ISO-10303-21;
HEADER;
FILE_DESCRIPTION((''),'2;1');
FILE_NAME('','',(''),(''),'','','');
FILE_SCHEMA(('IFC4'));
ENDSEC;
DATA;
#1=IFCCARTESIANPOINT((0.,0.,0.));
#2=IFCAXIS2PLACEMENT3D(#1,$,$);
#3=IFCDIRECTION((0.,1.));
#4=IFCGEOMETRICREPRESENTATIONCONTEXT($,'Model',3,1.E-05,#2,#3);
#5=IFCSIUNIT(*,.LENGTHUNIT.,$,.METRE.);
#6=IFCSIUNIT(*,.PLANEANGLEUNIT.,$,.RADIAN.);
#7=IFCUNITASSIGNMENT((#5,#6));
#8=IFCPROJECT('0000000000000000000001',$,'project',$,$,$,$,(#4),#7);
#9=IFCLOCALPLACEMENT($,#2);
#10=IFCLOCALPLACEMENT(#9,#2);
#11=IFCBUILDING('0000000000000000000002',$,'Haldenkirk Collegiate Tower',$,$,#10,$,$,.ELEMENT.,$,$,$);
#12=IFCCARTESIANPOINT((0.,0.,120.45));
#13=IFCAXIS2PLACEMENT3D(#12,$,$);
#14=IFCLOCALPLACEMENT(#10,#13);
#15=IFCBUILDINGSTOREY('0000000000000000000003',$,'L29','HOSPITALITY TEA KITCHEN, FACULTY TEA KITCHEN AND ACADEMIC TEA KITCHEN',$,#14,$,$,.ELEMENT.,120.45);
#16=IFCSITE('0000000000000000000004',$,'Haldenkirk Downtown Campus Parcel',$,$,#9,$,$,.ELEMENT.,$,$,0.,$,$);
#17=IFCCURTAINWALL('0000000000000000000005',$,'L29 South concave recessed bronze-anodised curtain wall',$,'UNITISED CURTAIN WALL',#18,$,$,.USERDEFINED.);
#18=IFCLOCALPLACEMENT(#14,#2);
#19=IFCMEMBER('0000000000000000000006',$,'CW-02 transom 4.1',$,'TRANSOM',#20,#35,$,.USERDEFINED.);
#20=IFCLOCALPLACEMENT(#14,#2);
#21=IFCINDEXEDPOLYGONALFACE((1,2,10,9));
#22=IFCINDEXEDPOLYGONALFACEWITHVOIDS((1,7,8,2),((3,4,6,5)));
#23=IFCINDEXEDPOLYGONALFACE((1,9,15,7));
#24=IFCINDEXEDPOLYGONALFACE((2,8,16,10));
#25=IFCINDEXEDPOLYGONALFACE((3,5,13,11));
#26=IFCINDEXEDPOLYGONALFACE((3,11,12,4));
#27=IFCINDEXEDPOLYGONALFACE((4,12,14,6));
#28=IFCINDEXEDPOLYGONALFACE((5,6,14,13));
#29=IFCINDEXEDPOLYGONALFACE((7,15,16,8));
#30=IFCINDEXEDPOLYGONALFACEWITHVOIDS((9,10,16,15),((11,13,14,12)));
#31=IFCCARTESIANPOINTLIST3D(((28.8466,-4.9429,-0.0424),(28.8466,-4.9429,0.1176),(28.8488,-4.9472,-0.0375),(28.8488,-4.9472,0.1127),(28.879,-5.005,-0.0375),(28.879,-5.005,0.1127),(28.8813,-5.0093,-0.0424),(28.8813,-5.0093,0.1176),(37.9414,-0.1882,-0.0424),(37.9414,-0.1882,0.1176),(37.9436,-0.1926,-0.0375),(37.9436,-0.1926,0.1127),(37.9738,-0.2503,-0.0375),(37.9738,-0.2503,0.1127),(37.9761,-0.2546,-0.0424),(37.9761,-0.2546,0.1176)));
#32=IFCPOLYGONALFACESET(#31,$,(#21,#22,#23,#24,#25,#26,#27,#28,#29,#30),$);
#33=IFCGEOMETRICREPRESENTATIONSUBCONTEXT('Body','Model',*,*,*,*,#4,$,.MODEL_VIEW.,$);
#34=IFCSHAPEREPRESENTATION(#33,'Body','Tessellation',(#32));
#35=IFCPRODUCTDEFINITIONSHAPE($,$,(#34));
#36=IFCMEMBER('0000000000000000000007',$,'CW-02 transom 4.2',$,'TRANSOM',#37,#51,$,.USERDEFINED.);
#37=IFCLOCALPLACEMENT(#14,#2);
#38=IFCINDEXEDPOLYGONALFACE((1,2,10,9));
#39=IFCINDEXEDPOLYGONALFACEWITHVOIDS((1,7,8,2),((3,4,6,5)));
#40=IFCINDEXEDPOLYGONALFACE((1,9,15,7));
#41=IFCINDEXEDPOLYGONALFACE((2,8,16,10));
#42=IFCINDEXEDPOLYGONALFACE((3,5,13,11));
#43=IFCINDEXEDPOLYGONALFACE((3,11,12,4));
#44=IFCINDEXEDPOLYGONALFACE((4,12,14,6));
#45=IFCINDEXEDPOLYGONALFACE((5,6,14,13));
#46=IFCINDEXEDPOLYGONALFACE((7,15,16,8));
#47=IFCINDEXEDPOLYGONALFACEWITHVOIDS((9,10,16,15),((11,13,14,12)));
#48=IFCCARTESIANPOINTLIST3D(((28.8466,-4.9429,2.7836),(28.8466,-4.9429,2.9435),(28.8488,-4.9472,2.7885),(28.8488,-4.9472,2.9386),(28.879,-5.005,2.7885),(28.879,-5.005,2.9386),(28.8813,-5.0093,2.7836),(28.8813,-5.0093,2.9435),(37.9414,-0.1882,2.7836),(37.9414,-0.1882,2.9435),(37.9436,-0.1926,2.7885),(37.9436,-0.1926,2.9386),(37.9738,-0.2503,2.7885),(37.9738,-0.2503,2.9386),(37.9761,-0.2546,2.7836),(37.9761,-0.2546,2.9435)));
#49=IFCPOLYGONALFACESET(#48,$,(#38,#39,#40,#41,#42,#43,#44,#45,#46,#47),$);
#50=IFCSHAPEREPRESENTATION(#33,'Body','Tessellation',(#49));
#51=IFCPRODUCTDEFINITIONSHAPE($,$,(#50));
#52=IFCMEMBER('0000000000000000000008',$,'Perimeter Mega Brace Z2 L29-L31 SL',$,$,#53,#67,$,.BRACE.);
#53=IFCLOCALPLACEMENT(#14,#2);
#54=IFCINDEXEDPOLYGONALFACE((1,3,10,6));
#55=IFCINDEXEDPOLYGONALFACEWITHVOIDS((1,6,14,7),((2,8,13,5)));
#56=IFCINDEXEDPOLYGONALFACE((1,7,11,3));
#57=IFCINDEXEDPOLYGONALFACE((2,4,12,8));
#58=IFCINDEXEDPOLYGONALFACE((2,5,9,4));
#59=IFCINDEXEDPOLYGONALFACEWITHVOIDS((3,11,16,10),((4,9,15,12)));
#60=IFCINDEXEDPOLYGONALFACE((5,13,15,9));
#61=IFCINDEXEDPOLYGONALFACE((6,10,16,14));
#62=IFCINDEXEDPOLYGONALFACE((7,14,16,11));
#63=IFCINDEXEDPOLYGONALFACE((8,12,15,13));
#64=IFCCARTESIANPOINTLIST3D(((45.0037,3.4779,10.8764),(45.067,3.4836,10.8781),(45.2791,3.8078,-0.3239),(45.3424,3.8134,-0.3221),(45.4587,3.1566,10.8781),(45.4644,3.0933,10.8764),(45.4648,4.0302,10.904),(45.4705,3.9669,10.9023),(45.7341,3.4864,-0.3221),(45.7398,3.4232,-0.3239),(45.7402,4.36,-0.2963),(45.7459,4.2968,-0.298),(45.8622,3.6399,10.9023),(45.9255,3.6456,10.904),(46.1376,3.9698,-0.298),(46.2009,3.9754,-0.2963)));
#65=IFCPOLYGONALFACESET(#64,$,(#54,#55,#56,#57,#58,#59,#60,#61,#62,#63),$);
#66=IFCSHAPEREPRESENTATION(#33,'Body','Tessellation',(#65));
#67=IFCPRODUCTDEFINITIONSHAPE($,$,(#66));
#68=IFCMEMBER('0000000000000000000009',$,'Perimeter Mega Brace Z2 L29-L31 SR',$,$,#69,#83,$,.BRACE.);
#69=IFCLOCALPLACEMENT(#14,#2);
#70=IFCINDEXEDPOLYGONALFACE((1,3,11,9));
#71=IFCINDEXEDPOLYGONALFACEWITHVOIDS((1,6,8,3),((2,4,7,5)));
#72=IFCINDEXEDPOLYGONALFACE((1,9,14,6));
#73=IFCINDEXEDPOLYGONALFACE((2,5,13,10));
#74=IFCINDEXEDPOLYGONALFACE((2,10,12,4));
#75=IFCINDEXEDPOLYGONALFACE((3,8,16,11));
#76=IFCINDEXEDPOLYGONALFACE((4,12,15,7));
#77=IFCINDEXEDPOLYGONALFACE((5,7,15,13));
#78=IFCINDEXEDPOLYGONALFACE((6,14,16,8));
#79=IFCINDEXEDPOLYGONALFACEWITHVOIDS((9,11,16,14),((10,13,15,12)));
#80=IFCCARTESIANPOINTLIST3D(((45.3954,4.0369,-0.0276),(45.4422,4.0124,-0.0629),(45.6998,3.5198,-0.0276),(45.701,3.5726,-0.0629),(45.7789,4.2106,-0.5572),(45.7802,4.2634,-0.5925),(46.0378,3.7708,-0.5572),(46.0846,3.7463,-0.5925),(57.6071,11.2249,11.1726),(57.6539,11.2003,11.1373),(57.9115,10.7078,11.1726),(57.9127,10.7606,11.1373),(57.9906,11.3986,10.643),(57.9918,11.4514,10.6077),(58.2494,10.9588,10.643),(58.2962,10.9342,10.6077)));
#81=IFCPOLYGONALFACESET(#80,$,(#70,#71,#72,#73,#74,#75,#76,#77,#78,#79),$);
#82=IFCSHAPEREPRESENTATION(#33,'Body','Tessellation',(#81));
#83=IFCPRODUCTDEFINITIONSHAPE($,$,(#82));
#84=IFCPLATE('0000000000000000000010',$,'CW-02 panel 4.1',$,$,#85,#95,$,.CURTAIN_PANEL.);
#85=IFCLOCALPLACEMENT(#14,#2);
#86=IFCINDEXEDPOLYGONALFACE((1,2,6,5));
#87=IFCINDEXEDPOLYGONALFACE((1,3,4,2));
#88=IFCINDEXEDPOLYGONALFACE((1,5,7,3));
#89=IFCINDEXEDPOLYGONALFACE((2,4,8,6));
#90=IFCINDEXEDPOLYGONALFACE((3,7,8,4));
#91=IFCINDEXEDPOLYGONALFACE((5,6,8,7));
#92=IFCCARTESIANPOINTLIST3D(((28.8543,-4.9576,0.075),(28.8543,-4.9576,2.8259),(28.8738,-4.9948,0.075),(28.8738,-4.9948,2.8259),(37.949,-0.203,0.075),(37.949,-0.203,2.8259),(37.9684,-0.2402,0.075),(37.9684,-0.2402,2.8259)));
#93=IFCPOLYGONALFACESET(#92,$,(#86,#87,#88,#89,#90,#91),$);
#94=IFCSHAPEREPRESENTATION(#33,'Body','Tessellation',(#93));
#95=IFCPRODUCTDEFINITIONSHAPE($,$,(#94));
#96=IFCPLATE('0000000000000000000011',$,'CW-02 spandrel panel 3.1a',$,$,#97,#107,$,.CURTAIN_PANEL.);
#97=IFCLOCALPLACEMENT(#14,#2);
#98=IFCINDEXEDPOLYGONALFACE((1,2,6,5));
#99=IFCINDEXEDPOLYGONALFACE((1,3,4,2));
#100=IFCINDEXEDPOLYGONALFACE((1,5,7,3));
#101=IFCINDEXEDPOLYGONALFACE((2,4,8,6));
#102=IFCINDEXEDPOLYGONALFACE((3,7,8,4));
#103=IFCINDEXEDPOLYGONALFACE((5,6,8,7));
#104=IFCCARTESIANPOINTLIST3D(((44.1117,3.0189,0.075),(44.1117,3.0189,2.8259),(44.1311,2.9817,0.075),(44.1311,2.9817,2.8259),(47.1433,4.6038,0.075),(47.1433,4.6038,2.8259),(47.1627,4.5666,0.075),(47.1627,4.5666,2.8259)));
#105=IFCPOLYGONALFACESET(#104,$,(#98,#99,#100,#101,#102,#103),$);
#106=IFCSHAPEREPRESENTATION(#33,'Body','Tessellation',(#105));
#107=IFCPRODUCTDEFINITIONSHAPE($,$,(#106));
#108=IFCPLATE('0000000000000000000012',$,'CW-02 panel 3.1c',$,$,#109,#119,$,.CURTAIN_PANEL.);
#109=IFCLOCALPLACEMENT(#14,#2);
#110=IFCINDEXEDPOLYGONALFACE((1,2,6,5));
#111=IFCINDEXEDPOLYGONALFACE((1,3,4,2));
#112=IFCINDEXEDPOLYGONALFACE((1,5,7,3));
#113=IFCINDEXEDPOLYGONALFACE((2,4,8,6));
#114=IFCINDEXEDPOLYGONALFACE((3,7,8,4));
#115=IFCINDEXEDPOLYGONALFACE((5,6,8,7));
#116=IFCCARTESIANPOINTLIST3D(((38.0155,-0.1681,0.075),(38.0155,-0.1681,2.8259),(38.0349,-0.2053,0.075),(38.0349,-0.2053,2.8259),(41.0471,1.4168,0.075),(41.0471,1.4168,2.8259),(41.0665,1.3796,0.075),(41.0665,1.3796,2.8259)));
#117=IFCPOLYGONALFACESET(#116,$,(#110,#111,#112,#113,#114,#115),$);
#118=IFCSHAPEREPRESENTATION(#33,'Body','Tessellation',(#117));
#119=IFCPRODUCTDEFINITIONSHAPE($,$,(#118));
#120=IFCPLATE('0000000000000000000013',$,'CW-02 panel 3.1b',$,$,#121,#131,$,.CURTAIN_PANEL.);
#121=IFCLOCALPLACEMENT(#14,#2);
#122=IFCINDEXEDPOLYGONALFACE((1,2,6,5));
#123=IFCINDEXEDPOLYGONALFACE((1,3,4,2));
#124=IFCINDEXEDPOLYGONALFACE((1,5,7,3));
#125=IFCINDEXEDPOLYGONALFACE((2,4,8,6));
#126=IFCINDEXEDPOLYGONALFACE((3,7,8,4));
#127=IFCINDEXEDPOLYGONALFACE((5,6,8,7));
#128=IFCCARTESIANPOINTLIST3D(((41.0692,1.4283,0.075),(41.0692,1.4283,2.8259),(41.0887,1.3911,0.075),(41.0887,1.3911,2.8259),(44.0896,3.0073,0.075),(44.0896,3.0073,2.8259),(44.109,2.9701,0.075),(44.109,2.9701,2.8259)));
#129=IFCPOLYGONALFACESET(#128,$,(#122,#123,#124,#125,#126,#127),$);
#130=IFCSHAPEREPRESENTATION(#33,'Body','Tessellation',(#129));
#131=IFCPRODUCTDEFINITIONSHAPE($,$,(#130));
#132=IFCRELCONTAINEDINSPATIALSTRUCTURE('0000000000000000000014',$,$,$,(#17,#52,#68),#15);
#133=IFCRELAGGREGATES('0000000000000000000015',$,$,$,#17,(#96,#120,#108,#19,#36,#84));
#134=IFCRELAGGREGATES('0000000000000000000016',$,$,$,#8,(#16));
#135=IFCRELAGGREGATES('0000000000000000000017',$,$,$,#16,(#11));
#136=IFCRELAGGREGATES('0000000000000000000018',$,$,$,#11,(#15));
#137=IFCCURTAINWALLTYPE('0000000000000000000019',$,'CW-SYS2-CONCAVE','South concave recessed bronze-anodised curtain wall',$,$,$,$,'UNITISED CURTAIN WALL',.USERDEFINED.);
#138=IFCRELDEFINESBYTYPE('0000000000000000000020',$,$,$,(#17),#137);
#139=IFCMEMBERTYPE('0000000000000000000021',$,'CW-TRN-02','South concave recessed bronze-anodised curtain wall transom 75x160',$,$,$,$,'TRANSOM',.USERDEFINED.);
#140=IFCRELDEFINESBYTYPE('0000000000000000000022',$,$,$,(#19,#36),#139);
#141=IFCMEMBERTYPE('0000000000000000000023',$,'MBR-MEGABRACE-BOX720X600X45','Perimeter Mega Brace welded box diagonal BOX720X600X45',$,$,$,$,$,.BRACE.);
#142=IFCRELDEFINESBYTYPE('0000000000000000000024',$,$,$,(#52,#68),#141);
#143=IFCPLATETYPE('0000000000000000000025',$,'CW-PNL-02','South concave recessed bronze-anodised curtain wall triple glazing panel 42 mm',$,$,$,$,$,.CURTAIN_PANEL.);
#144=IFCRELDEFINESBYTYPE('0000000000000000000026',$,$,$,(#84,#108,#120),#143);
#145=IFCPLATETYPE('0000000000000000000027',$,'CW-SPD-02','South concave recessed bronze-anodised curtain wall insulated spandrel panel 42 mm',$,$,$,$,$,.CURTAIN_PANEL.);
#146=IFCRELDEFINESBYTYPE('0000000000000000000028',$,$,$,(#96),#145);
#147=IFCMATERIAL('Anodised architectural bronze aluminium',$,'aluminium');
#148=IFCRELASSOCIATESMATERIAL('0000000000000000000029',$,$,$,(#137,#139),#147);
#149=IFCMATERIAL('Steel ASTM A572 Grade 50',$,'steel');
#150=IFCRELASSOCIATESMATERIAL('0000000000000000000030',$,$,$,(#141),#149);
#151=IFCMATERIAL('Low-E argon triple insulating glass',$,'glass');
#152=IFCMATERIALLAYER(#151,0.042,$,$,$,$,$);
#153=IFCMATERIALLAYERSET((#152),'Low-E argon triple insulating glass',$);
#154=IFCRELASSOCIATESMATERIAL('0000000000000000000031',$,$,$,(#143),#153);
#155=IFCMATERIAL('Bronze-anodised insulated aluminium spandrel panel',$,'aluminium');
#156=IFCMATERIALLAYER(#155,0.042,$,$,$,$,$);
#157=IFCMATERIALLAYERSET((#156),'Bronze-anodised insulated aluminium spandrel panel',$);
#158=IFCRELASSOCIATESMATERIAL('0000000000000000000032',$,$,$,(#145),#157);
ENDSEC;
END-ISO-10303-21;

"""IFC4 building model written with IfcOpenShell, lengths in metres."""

from ifc_helpers import new_model, si_unit, direction, frame, origin, origin_2d, place, context, subcontext, project, spatial, rectangle, hollow_rectangle, extrude, source, transform, mapped, material, layer, layer_set, material_profile, profile_set, type_object, element, aggregate, save


model = new_model("IFC4")

# Units and contexts
model_context = context("Model", 3, precision=1e-05, world=origin(), true_north=direction((0.0, 1.0)))
body_context = subcontext(model_context, "Body", "Model", "MODEL_VIEW")
ifc_project = project(units=[si_unit("LENGTHUNIT", "METRE"), si_unit("PLANEANGLEUNIT", "RADIAN")], contexts=[model_context])

# Site, building, storey
site_placement = place(None, origin())
site = spatial("IfcSite", under=ifc_project, at=site_placement, Name="Haldenkirk Downtown Campus Parcel", CompositionType="ELEMENT", RefElevation=0.0)
building_placement = place(site_placement, origin())
building = spatial("IfcBuilding", under=site, at=building_placement, Name="Haldenkirk Collegiate Tower", CompositionType="ELEMENT")
storey_placement = place(building_placement, frame((0.0, 0.0, 120.45)))
storey = spatial("IfcBuildingStorey", under=building, at=storey_placement, Name="L29", Description="HOSPITALITY TEA KITCHEN, FACULTY TEA KITCHEN AND ACADEMIC TEA KITCHEN", CompositionType="ELEMENT", Elevation=120.45)

# Curtain wall, members
ifc_material_1 = material(Name="Anodised architectural bronze aluminium", Category="aluminium")
curtain_wall_type = type_object("IfcCurtainWallType", Name="CW-SYS2-CONCAVE", Description="South concave recessed bronze-anodised curtain wall", ElementType="UNITISED CURTAIN WALL", PredefinedType="USERDEFINED", material=ifc_material_1)
curtain_wall_placement = place(storey_placement, origin())
curtain_wall = element("IfcCurtainWall", 1, at=curtain_wall_placement, inside=storey, type_object=curtain_wall_type, Name="L29 South concave recessed bronze-anodised curtain wall", ObjectType="UNITISED CURTAIN WALL", PredefinedType="USERDEFINED")
ifc_material_profile_1 = material_profile(ifc_material_1, hollow_rectangle(XDim=0.075, YDim=0.1599, WallThickness=0.0049, at=origin_2d()), Name="CW-TRN-02")
ifc_profile_set_1 = profile_set([ifc_material_profile_1], Name="Anodised architectural bronze aluminium")
member_type_1 = type_object("IfcMemberType", Name="CW-TRN-02", Description="South concave recessed bronze-anodised curtain wall transom 75x160", ElementType="TRANSOM", PredefinedType="USERDEFINED", material=ifc_profile_set_1)
member_1_placement = place(storey_placement, frame((37.9587, -0.2214, 0.0376), z_axis=(-0.886202, -0.463298, 0.0), x_axis=(0.463298, -0.886202, 0.0)))
member_1 = element("IfcMember", 2, at=member_1_placement, type_object=member_type_1, Name="CW-02 transom 4.1", ObjectType="TRANSOM", PredefinedType="USERDEFINED", context=body_context, shape_type="SweptSolid", body=[
    extrude(hollow_rectangle(XDim=0.075, YDim=0.1599, WallThickness=0.0049, at=origin_2d()), origin(), (0.0, 0.0, 1.0), 10.2627),
])
member_2_placement = place(storey_placement, frame((37.9587, -0.2214, 2.8635), z_axis=(-0.886202, -0.463298, 0.0), x_axis=(0.463298, -0.886202, 0.0)))
member_2 = element("IfcMember", 3, at=member_2_placement, type_object=member_type_1, Name="CW-02 transom 4.2", ObjectType="TRANSOM", PredefinedType="USERDEFINED", context=body_context, shape_type="SweptSolid", body=[
    extrude(hollow_rectangle(XDim=0.075, YDim=0.1599, WallThickness=0.0049, at=origin_2d()), origin(), (0.0, 0.0, 1.0), 10.2627),
])

# Members
ifc_material_2 = material(Name="Steel ASTM A572 Grade 50", Category="steel")
ifc_material_profile_2 = material_profile(ifc_material_2, hollow_rectangle(XDim=0.6001, YDim=0.72, WallThickness=0.0449, at=origin_2d()), Name="BOX720X600X45")
ifc_profile_set_2 = profile_set([ifc_material_profile_2], Name="Steel ASTM A572 Grade 50")
member_type_2 = type_object("IfcMemberType", Name="MBR-MEGABRACE-BOX720X600X45", Description="Perimeter Mega Brace welded box diagonal BOX720X600X45", PredefinedType="BRACE", material=ifc_profile_set_2)
member_3_placement = place(storey_placement, frame((45.74, 3.8916, -0.3101), z_axis=(-0.02457, -0.029427, 0.999265), x_axis=(0.767615, -0.640911, 0.0)))
element("IfcMember", 4, at=member_3_placement, inside=storey, type_object=member_type_2, Name="Perimeter Mega Brace Z2 L29-L31 SL", PredefinedType="BRACE", context=body_context, shape_type="SweptSolid", body=[
    extrude(hollow_rectangle(XDim=0.6001, YDim=0.72, WallThickness=0.0449, at=origin_2d()), origin(), (0.0, 0.0, 1.0), 11.2085),
])
member_4_placement = place(storey_placement, frame((45.74, 3.8916, -0.3101), z_axis=(0.676097, 0.397962, 0.620097), x_axis=(-0.507264, 0.861791, 0.0)))
element("IfcMember", 5, at=member_4_placement, inside=storey, type_object=member_type_2, Name="Perimeter Mega Brace Z2 L29-L31 SR", PredefinedType="BRACE", context=body_context, shape_type="SweptSolid", body=[
    extrude(hollow_rectangle(XDim=0.6001, YDim=0.72, WallThickness=0.0449, at=origin_2d()), origin(), (0.0, 0.0, 1.0), 18.062),
])

# Plates
ifc_material_3 = material(Name="Low-E argon triple insulating glass", Category="glass")
ifc_layer_1 = layer(ifc_material_3, 0.042)
ifc_layer_set_1 = layer_set([ifc_layer_1], Name="Low-E argon triple insulating glass")
plate_type_1 = type_object("IfcPlateType", Name="CW-PNL-02", Description="South concave recessed bronze-anodised curtain wall triple glazing panel 42 mm", PredefinedType="CURTAIN_PANEL", material=ifc_layer_set_1)
shared_shape_1 = source(origin(), body_context, "Body", "SweptSolid", [
    extrude(rectangle(XDim=10.2625, YDim=0.042, at=origin_2d()), origin(), (0.0, 0.0, 1.0), 2.751),
])
plate_1_placement = place(storey_placement, frame((33.4114, -2.5989, 0.075), z_axis=(0.0, 0.0, 1.0), x_axis=(-0.886203, -0.463297, 0.0)))
plate_1 = element("IfcPlate", 6, at=plate_1_placement, type_object=plate_type_1, Name="CW-02 panel 4.1", PredefinedType="CURTAIN_PANEL", context=body_context, shape_type="MappedRepresentation", body=[
    mapped(shared_shape_1, transform((0.0, 0.0, 0.0), x_axis=(1.0, 0.0, 0.0), y_axis=(0.0, 1.0, 0.0), z_axis=(0.0, 0.0, 1.0), scale=1.0)),
])
ifc_material_4 = material(Name="Bronze-anodised insulated aluminium spandrel panel", Category="aluminium")
ifc_layer_2 = layer(ifc_material_4, 0.042)
ifc_layer_set_2 = layer_set([ifc_layer_2], Name="Bronze-anodised insulated aluminium spandrel panel")
plate_type_2 = type_object("IfcPlateType", Name="CW-SPD-02", Description="South concave recessed bronze-anodised curtain wall insulated spandrel panel 42 mm", PredefinedType="CURTAIN_PANEL", material=ifc_layer_set_2)
shared_shape_2 = source(origin(), body_context, "Body", "SweptSolid", [
    extrude(rectangle(XDim=3.4209, YDim=0.042, at=origin_2d()), origin(), (0.0, 0.0, 1.0), 2.751),
])
plate_2_placement = place(storey_placement, frame((45.6372, 3.7927, 0.075), z_axis=(0.0, 0.0, 1.0), x_axis=(-0.886203, -0.463297, 0.0)))
plate_2 = element("IfcPlate", 7, at=plate_2_placement, type_object=plate_type_2, Name="CW-02 spandrel panel 3.1a", PredefinedType="CURTAIN_PANEL", context=body_context, shape_type="MappedRepresentation", body=[
    mapped(shared_shape_2, transform((0.0, 0.0, 0.0), x_axis=(1.0, 0.0, 0.0), y_axis=(0.0, 1.0, 0.0), z_axis=(0.0, 0.0, 1.0), scale=1.0)),
])
plate_3_placement = place(storey_placement, frame((39.541, 0.6057, 0.075), z_axis=(0.0, 0.0, 1.0), x_axis=(-0.886203, -0.463297, 0.0)))
plate_3 = element("IfcPlate", 8, at=plate_3_placement, type_object=plate_type_1, Name="CW-02 panel 3.1c", PredefinedType="CURTAIN_PANEL", context=body_context, shape_type="MappedRepresentation", body=[
    mapped(shared_shape_2, transform((0.0, 0.0, 0.0), x_axis=(1.0, 0.0, 0.0), y_axis=(0.0, 1.0, 0.0), z_axis=(0.0, 0.0, 1.0), scale=1.0)),
])
shared_shape_3 = source(origin(), body_context, "Body", "SweptSolid", [
    extrude(rectangle(XDim=3.4082, YDim=0.042, at=origin_2d()), origin(), (0.0, 0.0, 1.0), 2.751),
])
plate_4_placement = place(storey_placement, frame((42.5891, 2.1992, 0.075), z_axis=(0.0, 0.0, 1.0), x_axis=(-0.886203, -0.463297, 0.0)))
plate_4 = element("IfcPlate", 9, at=plate_4_placement, type_object=plate_type_1, Name="CW-02 panel 3.1b", PredefinedType="CURTAIN_PANEL", context=body_context, shape_type="MappedRepresentation", body=[
    mapped(shared_shape_3, transform((0.0, 0.0, 0.0), x_axis=(1.0, 0.0, 0.0), y_axis=(0.0, 1.0, 0.0), z_axis=(0.0, 0.0, 1.0), scale=1.0)),
])
aggregate(curtain_wall, [plate_2, plate_4, plate_3, member_1, member_2, plate_1])

save(model, "model.ifc")
